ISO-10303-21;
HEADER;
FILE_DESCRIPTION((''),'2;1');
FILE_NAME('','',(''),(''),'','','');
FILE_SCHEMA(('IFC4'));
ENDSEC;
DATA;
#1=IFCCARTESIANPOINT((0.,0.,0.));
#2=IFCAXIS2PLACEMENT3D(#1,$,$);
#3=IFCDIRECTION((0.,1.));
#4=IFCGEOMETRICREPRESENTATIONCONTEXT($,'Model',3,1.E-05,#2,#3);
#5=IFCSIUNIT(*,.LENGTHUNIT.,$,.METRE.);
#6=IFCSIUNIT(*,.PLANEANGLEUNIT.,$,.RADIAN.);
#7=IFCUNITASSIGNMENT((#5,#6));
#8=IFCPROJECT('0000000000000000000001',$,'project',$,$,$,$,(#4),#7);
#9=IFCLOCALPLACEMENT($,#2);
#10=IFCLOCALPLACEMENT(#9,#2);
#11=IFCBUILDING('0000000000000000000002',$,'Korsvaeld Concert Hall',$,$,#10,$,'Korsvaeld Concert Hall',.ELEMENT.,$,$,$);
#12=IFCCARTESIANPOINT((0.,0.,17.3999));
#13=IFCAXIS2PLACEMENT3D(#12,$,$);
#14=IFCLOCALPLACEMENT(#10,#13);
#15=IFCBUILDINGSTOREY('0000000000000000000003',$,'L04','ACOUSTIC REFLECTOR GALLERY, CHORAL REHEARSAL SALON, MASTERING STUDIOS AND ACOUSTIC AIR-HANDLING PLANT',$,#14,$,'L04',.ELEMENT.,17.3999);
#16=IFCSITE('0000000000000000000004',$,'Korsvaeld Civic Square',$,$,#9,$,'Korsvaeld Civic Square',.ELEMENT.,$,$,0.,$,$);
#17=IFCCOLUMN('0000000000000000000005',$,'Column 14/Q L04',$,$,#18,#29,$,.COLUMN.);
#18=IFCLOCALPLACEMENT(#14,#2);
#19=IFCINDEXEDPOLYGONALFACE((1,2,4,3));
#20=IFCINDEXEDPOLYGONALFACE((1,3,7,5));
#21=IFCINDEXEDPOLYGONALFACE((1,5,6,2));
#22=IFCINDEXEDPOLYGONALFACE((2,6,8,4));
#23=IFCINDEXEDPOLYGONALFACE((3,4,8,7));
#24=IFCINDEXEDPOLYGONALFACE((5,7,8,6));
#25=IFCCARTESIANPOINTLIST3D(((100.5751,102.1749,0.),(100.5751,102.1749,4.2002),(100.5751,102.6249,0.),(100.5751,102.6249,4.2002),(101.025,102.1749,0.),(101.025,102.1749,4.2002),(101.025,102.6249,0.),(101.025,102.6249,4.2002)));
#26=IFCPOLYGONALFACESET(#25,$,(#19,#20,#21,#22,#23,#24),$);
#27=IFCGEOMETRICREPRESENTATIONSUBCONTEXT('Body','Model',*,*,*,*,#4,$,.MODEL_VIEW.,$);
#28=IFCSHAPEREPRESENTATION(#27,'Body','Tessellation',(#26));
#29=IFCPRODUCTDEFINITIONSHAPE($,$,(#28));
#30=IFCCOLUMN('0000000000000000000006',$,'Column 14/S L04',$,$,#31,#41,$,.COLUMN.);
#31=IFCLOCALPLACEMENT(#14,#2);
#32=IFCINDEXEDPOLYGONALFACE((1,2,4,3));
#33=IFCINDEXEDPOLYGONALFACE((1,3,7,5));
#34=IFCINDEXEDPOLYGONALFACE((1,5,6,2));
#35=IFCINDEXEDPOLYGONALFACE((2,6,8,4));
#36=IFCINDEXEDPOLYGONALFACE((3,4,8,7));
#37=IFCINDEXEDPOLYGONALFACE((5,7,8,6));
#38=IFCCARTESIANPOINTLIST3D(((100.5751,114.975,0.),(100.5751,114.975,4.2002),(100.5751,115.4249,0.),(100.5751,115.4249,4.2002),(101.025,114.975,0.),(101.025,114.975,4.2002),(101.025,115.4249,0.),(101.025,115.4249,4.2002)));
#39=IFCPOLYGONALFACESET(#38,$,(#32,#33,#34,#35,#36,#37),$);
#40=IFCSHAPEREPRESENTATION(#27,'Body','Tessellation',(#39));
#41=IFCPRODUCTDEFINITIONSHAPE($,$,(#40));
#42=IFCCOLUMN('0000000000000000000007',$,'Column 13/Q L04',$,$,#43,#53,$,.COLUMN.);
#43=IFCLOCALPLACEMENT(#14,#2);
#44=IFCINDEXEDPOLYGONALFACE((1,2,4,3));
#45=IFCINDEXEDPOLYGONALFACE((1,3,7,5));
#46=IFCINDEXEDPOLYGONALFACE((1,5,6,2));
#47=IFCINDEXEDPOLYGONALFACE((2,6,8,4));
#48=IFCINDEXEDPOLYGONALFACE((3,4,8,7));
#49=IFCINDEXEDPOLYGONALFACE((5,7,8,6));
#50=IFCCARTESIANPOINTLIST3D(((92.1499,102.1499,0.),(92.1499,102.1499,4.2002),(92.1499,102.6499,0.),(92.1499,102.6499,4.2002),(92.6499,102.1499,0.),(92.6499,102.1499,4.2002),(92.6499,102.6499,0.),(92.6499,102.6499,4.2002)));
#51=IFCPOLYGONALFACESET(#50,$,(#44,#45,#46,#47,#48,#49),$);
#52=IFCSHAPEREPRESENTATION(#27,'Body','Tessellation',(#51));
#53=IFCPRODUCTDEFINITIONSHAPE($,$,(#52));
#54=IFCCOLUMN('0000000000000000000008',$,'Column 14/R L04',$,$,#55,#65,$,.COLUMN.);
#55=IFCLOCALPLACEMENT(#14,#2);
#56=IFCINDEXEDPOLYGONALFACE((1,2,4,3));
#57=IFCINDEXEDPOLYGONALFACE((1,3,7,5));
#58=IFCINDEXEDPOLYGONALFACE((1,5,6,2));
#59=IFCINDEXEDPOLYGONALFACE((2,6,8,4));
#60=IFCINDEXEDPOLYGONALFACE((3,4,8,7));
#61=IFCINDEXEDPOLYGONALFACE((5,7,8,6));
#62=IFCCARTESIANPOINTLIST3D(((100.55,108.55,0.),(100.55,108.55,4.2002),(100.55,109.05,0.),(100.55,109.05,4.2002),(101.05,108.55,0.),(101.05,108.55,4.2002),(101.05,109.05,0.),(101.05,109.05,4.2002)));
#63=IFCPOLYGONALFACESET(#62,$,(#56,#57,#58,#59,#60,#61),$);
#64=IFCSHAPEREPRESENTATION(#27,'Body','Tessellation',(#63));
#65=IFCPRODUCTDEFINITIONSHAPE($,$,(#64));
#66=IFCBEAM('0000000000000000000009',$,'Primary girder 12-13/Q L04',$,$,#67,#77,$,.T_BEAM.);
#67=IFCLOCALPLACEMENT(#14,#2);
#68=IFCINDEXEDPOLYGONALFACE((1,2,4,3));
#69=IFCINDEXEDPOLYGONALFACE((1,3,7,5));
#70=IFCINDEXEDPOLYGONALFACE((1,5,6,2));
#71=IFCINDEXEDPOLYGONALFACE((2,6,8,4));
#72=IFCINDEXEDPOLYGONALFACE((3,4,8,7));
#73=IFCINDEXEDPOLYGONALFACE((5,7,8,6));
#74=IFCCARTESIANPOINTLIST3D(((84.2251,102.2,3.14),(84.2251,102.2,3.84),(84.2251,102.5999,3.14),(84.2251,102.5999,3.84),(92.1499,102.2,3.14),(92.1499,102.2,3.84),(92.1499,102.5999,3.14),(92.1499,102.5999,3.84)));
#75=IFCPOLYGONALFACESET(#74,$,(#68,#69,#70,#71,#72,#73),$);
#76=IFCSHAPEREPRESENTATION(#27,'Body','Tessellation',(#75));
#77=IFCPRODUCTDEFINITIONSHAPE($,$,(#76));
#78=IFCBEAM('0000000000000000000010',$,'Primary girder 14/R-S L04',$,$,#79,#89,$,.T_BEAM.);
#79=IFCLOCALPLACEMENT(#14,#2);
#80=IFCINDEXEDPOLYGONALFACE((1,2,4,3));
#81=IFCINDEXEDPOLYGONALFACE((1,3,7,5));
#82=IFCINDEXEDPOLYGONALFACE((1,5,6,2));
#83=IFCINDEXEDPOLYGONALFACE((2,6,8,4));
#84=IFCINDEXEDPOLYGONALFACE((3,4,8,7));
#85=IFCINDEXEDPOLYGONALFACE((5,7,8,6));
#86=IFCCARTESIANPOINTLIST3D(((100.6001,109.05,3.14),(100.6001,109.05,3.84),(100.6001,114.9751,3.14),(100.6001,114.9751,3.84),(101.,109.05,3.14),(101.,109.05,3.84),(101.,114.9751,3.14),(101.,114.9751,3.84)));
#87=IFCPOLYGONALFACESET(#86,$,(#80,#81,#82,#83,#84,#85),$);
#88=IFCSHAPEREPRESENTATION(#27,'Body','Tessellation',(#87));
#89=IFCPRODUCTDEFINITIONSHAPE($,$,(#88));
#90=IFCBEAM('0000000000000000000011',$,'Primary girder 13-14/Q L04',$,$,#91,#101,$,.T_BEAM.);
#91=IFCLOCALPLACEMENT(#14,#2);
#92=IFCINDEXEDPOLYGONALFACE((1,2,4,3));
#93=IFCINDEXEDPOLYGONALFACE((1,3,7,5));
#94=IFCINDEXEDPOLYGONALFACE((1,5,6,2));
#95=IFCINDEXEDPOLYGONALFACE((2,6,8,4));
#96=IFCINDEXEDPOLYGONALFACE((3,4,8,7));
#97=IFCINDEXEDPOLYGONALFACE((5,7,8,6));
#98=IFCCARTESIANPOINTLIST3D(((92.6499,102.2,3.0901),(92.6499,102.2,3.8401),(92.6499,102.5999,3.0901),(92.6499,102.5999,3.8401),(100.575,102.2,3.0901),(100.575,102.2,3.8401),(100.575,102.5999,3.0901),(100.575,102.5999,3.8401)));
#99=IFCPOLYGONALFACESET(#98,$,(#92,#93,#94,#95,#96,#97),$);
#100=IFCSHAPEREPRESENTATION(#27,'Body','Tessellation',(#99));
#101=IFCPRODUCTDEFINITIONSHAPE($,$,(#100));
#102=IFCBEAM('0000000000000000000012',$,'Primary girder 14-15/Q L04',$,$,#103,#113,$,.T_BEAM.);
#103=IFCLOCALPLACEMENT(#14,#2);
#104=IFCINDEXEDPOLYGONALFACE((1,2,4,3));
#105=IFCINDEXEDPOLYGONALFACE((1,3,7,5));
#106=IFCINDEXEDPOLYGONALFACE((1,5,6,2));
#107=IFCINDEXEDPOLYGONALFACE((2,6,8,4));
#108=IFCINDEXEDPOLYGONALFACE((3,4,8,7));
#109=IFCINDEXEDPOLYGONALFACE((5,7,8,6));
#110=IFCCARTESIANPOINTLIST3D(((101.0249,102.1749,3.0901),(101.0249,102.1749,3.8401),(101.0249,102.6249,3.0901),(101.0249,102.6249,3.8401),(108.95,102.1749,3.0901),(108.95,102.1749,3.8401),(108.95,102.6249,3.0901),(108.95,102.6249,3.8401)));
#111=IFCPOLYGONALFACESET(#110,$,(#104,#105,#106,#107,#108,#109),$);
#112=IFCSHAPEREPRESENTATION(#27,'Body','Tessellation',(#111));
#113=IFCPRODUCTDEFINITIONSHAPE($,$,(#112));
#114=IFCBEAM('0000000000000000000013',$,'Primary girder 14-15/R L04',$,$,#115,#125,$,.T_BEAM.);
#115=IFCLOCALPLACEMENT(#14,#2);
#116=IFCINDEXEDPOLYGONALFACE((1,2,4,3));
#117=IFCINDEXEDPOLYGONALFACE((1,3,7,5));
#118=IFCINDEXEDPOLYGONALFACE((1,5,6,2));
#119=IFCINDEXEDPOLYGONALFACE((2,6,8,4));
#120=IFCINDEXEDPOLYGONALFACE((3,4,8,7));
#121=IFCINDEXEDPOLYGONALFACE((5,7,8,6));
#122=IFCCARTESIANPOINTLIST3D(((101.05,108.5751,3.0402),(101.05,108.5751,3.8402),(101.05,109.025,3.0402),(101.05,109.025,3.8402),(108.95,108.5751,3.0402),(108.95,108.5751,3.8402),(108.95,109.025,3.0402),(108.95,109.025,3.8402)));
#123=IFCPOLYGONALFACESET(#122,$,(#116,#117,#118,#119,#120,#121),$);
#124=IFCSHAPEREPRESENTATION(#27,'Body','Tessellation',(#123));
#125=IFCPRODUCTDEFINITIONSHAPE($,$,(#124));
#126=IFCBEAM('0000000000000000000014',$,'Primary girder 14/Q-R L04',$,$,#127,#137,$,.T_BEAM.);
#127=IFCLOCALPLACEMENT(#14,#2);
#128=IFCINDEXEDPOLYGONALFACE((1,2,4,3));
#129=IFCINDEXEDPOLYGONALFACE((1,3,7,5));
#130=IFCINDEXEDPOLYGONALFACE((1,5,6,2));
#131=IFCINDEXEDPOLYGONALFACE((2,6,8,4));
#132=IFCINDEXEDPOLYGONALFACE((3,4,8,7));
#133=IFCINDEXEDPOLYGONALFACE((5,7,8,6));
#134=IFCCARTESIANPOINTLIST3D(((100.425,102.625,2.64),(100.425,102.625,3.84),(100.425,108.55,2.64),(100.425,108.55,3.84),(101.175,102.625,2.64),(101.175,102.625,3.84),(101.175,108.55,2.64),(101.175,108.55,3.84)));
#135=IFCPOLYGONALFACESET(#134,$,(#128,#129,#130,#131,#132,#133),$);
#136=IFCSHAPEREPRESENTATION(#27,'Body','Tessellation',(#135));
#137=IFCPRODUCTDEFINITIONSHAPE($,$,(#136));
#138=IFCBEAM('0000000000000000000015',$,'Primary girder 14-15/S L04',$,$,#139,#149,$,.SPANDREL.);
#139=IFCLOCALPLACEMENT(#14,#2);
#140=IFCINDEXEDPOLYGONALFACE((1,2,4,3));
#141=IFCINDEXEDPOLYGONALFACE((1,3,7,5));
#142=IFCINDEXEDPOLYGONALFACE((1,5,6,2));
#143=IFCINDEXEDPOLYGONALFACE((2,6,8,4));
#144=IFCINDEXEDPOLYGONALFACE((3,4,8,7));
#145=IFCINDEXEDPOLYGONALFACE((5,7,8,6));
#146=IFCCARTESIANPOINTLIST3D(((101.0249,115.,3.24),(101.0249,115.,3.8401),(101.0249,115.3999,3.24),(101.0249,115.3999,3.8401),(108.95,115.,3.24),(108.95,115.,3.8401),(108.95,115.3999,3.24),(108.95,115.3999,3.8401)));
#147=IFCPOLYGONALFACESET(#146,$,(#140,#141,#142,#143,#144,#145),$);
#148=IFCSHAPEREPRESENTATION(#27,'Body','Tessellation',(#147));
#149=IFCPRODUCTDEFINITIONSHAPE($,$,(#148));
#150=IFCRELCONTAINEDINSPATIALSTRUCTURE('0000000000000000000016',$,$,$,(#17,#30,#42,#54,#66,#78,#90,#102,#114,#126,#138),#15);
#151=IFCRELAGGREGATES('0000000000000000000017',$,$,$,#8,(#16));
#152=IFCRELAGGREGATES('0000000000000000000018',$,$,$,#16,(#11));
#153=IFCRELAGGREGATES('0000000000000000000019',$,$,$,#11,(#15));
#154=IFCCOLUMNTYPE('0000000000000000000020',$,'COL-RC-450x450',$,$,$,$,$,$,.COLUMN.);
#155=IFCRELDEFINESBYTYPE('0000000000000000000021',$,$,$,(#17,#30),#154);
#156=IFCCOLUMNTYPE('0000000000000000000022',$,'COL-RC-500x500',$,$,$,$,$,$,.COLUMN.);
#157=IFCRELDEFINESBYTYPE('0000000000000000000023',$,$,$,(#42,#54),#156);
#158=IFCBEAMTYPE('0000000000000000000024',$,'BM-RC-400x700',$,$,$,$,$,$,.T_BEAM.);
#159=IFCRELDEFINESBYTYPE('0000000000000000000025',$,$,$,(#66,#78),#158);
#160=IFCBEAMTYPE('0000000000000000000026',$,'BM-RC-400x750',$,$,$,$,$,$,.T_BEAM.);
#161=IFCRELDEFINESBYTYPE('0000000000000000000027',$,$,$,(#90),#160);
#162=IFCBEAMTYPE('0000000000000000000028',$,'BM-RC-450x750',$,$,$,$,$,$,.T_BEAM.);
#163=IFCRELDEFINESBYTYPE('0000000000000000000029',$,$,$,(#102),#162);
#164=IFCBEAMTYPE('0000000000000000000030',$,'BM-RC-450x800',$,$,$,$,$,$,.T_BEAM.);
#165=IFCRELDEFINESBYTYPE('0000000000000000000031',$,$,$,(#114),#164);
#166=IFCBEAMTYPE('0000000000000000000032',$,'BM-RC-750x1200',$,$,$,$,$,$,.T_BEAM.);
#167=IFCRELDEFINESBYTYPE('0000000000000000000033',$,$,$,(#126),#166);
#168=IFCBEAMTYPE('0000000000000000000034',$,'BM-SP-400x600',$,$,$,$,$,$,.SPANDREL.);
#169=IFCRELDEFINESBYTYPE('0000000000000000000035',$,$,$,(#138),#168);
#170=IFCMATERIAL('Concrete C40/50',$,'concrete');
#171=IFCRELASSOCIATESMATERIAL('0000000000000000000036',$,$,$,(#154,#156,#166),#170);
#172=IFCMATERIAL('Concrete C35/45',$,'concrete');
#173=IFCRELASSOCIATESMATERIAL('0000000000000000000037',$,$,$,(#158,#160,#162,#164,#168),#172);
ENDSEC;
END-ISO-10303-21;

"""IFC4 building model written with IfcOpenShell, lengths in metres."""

from ifc_helpers import new_model, si_unit, direction, frame, origin, origin_2d, place, context, subcontext, project, spatial, rectangle, extrude, material, material_profile, profile_set, type_object, element, save


model = new_model("IFC4")

# Units and contexts
model_context = context("Model", 3, precision=1e-05, world=origin(), true_north=direction((0.0, 1.0)))
body_context = subcontext(model_context, "Body", "Model", "MODEL_VIEW")
ifc_project = project(units=[si_unit("LENGTHUNIT", "METRE"), si_unit("PLANEANGLEUNIT", "RADIAN")], contexts=[model_context])

# Site, building, storey
site_placement = place(None, origin())
site = spatial("IfcSite", under=ifc_project, at=site_placement, Name="Korsvaeld Civic Square", LongName="Korsvaeld Civic Square", CompositionType="ELEMENT", RefElevation=0.0)
building_placement = place(site_placement, origin())
building = spatial("IfcBuilding", under=site, at=building_placement, Name="Korsvaeld Concert Hall", LongName="Korsvaeld Concert Hall", CompositionType="ELEMENT")
storey_placement = place(building_placement, frame((0.0, 0.0, 17.3999)))
storey = spatial("IfcBuildingStorey", under=building, at=storey_placement, Name="L04", Description="ACOUSTIC REFLECTOR GALLERY, CHORAL REHEARSAL SALON, MASTERING STUDIOS AND ACOUSTIC AIR-HANDLING PLANT", LongName="L04", CompositionType="ELEMENT", Elevation=17.3999)

# Columns
ifc_material_1 = material(Name="Concrete C40/50", Category="concrete")
ifc_material_profile_1 = material_profile(ifc_material_1, rectangle(XDim=0.45, YDim=0.45, at=origin_2d()), Name="RC 450x450")
ifc_profile_set_1 = profile_set([ifc_material_profile_1], Name="Concrete C40/50")
column_type_1 = type_object("IfcColumnType", Name="COL-RC-450x450", PredefinedType="COLUMN", material=ifc_profile_set_1)
for number, where, z_axis, x_axis, name in (
    (1, (100.8, 102.3999, 0.0), (0.0, 0.0, 1.0), (1.0, 0.0, 0.0), "Column 14/Q L04"),
    (2, (100.8, 115.2, 0.0), (0.0, 0.0, 1.0), (1.0, 0.0, 0.0), "Column 14/S L04"),
):
    element("IfcColumn", number, at=place(storey_placement, frame(where, z_axis=z_axis, x_axis=x_axis)), inside=storey, type_object=column_type_1, Name=name, PredefinedType="COLUMN", context=body_context, shape_type="SweptSolid", body=[
        extrude(rectangle(XDim=0.45, YDim=0.45, at=origin_2d()), origin(), (0.0, 0.0, 1.0), 4.2002),
    ])
ifc_material_profile_2 = material_profile(ifc_material_1, rectangle(XDim=0.5, YDim=0.5, at=origin_2d()), Name="RC 500x500")
ifc_profile_set_2 = profile_set([ifc_material_profile_2], Name="Concrete C40/50")
column_type_2 = type_object("IfcColumnType", Name="COL-RC-500x500", PredefinedType="COLUMN", material=ifc_profile_set_2)
for number, where, z_axis, x_axis, name in (
    (3, (92.3999, 102.3999, 0.0), (0.0, 0.0, 1.0), (1.0, 0.0, 0.0), "Column 13/Q L04"),
    (4, (100.8, 108.8, 0.0), (0.0, 0.0, 1.0), (1.0, 0.0, 0.0), "Column 14/R L04"),
):
    element("IfcColumn", number, at=place(storey_placement, frame(where, z_axis=z_axis, x_axis=x_axis)), inside=storey, type_object=column_type_2, Name=name, PredefinedType="COLUMN", context=body_context, shape_type="SweptSolid", body=[
        extrude(rectangle(XDim=0.5, YDim=0.5, at=origin_2d()), origin(), (0.0, 0.0, 1.0), 4.2002),
    ])

# Beams
ifc_material_2 = material(Name="Concrete C35/45", Category="concrete")
ifc_material_profile_3 = material_profile(ifc_material_2, rectangle(XDim=0.3999, YDim=0.7, at=origin_2d()), Name="RC 400x700")
ifc_profile_set_3 = profile_set([ifc_material_profile_3], Name="Concrete C35/45")
beam_type_1 = type_object("IfcBeamType", Name="BM-RC-400x700", PredefinedType="T_BEAM", material=ifc_profile_set_3)
beam_1_placement = place(storey_placement, frame((84.2251, 102.3999, 3.49), z_axis=(1.0, 0.0, 0.0), x_axis=(0.0, 1.0, 0.0)))
element("IfcBeam", 5, at=beam_1_placement, inside=storey, type_object=beam_type_1, Name="Primary girder 12-13/Q L04", PredefinedType="T_BEAM", context=body_context, shape_type="SweptSolid", body=[
    extrude(rectangle(XDim=0.3999, YDim=0.7, at=origin_2d()), origin(), (0.0, 0.0, 1.0), 7.9248),
])
beam_2_placement = place(storey_placement, frame((100.8, 109.05, 3.49), z_axis=(0.0, 1.0, 0.0), x_axis=(-1.0, 0.0, 0.0)))
element("IfcBeam", 6, at=beam_2_placement, inside=storey, type_object=beam_type_1, Name="Primary girder 14/R-S L04", PredefinedType="T_BEAM", context=body_context, shape_type="SweptSolid", body=[
    extrude(rectangle(XDim=0.3999, YDim=0.7, at=origin_2d()), origin(), (0.0, 0.0, 1.0), 5.925),
])
ifc_material_profile_4 = material_profile(ifc_material_2, rectangle(XDim=0.3999, YDim=0.75, at=origin_2d()), Name="RC 400x750")
ifc_profile_set_4 = profile_set([ifc_material_profile_4], Name="Concrete C35/45")
beam_type_2 = type_object("IfcBeamType", Name="BM-RC-400x750", PredefinedType="T_BEAM", material=ifc_profile_set_4)
beam_3_placement = place(storey_placement, frame((92.6499, 102.3999, 3.4651), z_axis=(1.0, 0.0, 0.0), x_axis=(0.0, 1.0, 0.0)))
element("IfcBeam", 7, at=beam_3_placement, inside=storey, type_object=beam_type_2, Name="Primary girder 13-14/Q L04", PredefinedType="T_BEAM", context=body_context, shape_type="SweptSolid", body=[
    extrude(rectangle(XDim=0.3999, YDim=0.75, at=origin_2d()), origin(), (0.0, 0.0, 1.0), 7.925),
])
ifc_material_profile_5 = material_profile(ifc_material_2, rectangle(XDim=0.45, YDim=0.75, at=origin_2d()), Name="RC 450x750")
ifc_profile_set_5 = profile_set([ifc_material_profile_5], Name="Concrete C35/45")
beam_type_3 = type_object("IfcBeamType", Name="BM-RC-450x750", PredefinedType="T_BEAM", material=ifc_profile_set_5)
beam_4_placement = place(storey_placement, frame((101.0249, 102.3999, 3.4651), z_axis=(1.0, 0.0, 0.0), x_axis=(0.0, 1.0, 0.0)))
element("IfcBeam", 8, at=beam_4_placement, inside=storey, type_object=beam_type_3, Name="Primary girder 14-15/Q L04", PredefinedType="T_BEAM", context=body_context, shape_type="SweptSolid", body=[
    extrude(rectangle(XDim=0.45, YDim=0.75, at=origin_2d()), origin(), (0.0, 0.0, 1.0), 7.925),
])
ifc_material_profile_6 = material_profile(ifc_material_2, rectangle(XDim=0.45, YDim=0.8, at=origin_2d()), Name="RC 450x800")
ifc_profile_set_6 = profile_set([ifc_material_profile_6], Name="Concrete C35/45")
beam_type_4 = type_object("IfcBeamType", Name="BM-RC-450x800", PredefinedType="T_BEAM", material=ifc_profile_set_6)
beam_5_placement = place(storey_placement, frame((101.05, 108.8, 3.4402), z_axis=(1.0, 0.0, 0.0), x_axis=(0.0, 1.0, 0.0)))
element("IfcBeam", 9, at=beam_5_placement, inside=storey, type_object=beam_type_4, Name="Primary girder 14-15/R L04", PredefinedType="T_BEAM", context=body_context, shape_type="SweptSolid", body=[
    extrude(rectangle(XDim=0.45, YDim=0.8, at=origin_2d()), origin(), (0.0, 0.0, 1.0), 7.8999),
])
ifc_material_profile_7 = material_profile(ifc_material_1, rectangle(XDim=0.75, YDim=1.2, at=origin_2d()), Name="RC 750x1200")
ifc_profile_set_7 = profile_set([ifc_material_profile_7], Name="Concrete C40/50")
beam_type_5 = type_object("IfcBeamType", Name="BM-RC-750x1200", PredefinedType="T_BEAM", material=ifc_profile_set_7)
beam_6_placement = place(storey_placement, frame((100.8, 102.625, 3.24), z_axis=(0.0, 1.0, 0.0), x_axis=(-1.0, 0.0, 0.0)))
element("IfcBeam", 10, at=beam_6_placement, inside=storey, type_object=beam_type_5, Name="Primary girder 14/Q-R L04", PredefinedType="T_BEAM", context=body_context, shape_type="SweptSolid", body=[
    extrude(rectangle(XDim=0.75, YDim=1.2, at=origin_2d()), origin(), (0.0, 0.0, 1.0), 5.925),
])
ifc_material_profile_8 = material_profile(ifc_material_2, rectangle(XDim=0.3999, YDim=0.6001, at=origin_2d()), Name="RC 400x600")
ifc_profile_set_8 = profile_set([ifc_material_profile_8], Name="Concrete C35/45")
beam_type_6 = type_object("IfcBeamType", Name="BM-SP-400x600", PredefinedType="SPANDREL", material=ifc_profile_set_8)
beam_7_placement = place(storey_placement, frame((101.0249, 115.2, 3.54), z_axis=(1.0, 0.0, 0.0), x_axis=(0.0, 1.0, 0.0)))
element("IfcBeam", 11, at=beam_7_placement, inside=storey, type_object=beam_type_6, Name="Primary girder 14-15/S L04", PredefinedType="SPANDREL", context=body_context, shape_type="SweptSolid", body=[
    extrude(rectangle(XDim=0.3999, YDim=0.6001, at=origin_2d()), origin(), (0.0, 0.0, 1.0), 7.925),
])

save(model, "model.ifc")
